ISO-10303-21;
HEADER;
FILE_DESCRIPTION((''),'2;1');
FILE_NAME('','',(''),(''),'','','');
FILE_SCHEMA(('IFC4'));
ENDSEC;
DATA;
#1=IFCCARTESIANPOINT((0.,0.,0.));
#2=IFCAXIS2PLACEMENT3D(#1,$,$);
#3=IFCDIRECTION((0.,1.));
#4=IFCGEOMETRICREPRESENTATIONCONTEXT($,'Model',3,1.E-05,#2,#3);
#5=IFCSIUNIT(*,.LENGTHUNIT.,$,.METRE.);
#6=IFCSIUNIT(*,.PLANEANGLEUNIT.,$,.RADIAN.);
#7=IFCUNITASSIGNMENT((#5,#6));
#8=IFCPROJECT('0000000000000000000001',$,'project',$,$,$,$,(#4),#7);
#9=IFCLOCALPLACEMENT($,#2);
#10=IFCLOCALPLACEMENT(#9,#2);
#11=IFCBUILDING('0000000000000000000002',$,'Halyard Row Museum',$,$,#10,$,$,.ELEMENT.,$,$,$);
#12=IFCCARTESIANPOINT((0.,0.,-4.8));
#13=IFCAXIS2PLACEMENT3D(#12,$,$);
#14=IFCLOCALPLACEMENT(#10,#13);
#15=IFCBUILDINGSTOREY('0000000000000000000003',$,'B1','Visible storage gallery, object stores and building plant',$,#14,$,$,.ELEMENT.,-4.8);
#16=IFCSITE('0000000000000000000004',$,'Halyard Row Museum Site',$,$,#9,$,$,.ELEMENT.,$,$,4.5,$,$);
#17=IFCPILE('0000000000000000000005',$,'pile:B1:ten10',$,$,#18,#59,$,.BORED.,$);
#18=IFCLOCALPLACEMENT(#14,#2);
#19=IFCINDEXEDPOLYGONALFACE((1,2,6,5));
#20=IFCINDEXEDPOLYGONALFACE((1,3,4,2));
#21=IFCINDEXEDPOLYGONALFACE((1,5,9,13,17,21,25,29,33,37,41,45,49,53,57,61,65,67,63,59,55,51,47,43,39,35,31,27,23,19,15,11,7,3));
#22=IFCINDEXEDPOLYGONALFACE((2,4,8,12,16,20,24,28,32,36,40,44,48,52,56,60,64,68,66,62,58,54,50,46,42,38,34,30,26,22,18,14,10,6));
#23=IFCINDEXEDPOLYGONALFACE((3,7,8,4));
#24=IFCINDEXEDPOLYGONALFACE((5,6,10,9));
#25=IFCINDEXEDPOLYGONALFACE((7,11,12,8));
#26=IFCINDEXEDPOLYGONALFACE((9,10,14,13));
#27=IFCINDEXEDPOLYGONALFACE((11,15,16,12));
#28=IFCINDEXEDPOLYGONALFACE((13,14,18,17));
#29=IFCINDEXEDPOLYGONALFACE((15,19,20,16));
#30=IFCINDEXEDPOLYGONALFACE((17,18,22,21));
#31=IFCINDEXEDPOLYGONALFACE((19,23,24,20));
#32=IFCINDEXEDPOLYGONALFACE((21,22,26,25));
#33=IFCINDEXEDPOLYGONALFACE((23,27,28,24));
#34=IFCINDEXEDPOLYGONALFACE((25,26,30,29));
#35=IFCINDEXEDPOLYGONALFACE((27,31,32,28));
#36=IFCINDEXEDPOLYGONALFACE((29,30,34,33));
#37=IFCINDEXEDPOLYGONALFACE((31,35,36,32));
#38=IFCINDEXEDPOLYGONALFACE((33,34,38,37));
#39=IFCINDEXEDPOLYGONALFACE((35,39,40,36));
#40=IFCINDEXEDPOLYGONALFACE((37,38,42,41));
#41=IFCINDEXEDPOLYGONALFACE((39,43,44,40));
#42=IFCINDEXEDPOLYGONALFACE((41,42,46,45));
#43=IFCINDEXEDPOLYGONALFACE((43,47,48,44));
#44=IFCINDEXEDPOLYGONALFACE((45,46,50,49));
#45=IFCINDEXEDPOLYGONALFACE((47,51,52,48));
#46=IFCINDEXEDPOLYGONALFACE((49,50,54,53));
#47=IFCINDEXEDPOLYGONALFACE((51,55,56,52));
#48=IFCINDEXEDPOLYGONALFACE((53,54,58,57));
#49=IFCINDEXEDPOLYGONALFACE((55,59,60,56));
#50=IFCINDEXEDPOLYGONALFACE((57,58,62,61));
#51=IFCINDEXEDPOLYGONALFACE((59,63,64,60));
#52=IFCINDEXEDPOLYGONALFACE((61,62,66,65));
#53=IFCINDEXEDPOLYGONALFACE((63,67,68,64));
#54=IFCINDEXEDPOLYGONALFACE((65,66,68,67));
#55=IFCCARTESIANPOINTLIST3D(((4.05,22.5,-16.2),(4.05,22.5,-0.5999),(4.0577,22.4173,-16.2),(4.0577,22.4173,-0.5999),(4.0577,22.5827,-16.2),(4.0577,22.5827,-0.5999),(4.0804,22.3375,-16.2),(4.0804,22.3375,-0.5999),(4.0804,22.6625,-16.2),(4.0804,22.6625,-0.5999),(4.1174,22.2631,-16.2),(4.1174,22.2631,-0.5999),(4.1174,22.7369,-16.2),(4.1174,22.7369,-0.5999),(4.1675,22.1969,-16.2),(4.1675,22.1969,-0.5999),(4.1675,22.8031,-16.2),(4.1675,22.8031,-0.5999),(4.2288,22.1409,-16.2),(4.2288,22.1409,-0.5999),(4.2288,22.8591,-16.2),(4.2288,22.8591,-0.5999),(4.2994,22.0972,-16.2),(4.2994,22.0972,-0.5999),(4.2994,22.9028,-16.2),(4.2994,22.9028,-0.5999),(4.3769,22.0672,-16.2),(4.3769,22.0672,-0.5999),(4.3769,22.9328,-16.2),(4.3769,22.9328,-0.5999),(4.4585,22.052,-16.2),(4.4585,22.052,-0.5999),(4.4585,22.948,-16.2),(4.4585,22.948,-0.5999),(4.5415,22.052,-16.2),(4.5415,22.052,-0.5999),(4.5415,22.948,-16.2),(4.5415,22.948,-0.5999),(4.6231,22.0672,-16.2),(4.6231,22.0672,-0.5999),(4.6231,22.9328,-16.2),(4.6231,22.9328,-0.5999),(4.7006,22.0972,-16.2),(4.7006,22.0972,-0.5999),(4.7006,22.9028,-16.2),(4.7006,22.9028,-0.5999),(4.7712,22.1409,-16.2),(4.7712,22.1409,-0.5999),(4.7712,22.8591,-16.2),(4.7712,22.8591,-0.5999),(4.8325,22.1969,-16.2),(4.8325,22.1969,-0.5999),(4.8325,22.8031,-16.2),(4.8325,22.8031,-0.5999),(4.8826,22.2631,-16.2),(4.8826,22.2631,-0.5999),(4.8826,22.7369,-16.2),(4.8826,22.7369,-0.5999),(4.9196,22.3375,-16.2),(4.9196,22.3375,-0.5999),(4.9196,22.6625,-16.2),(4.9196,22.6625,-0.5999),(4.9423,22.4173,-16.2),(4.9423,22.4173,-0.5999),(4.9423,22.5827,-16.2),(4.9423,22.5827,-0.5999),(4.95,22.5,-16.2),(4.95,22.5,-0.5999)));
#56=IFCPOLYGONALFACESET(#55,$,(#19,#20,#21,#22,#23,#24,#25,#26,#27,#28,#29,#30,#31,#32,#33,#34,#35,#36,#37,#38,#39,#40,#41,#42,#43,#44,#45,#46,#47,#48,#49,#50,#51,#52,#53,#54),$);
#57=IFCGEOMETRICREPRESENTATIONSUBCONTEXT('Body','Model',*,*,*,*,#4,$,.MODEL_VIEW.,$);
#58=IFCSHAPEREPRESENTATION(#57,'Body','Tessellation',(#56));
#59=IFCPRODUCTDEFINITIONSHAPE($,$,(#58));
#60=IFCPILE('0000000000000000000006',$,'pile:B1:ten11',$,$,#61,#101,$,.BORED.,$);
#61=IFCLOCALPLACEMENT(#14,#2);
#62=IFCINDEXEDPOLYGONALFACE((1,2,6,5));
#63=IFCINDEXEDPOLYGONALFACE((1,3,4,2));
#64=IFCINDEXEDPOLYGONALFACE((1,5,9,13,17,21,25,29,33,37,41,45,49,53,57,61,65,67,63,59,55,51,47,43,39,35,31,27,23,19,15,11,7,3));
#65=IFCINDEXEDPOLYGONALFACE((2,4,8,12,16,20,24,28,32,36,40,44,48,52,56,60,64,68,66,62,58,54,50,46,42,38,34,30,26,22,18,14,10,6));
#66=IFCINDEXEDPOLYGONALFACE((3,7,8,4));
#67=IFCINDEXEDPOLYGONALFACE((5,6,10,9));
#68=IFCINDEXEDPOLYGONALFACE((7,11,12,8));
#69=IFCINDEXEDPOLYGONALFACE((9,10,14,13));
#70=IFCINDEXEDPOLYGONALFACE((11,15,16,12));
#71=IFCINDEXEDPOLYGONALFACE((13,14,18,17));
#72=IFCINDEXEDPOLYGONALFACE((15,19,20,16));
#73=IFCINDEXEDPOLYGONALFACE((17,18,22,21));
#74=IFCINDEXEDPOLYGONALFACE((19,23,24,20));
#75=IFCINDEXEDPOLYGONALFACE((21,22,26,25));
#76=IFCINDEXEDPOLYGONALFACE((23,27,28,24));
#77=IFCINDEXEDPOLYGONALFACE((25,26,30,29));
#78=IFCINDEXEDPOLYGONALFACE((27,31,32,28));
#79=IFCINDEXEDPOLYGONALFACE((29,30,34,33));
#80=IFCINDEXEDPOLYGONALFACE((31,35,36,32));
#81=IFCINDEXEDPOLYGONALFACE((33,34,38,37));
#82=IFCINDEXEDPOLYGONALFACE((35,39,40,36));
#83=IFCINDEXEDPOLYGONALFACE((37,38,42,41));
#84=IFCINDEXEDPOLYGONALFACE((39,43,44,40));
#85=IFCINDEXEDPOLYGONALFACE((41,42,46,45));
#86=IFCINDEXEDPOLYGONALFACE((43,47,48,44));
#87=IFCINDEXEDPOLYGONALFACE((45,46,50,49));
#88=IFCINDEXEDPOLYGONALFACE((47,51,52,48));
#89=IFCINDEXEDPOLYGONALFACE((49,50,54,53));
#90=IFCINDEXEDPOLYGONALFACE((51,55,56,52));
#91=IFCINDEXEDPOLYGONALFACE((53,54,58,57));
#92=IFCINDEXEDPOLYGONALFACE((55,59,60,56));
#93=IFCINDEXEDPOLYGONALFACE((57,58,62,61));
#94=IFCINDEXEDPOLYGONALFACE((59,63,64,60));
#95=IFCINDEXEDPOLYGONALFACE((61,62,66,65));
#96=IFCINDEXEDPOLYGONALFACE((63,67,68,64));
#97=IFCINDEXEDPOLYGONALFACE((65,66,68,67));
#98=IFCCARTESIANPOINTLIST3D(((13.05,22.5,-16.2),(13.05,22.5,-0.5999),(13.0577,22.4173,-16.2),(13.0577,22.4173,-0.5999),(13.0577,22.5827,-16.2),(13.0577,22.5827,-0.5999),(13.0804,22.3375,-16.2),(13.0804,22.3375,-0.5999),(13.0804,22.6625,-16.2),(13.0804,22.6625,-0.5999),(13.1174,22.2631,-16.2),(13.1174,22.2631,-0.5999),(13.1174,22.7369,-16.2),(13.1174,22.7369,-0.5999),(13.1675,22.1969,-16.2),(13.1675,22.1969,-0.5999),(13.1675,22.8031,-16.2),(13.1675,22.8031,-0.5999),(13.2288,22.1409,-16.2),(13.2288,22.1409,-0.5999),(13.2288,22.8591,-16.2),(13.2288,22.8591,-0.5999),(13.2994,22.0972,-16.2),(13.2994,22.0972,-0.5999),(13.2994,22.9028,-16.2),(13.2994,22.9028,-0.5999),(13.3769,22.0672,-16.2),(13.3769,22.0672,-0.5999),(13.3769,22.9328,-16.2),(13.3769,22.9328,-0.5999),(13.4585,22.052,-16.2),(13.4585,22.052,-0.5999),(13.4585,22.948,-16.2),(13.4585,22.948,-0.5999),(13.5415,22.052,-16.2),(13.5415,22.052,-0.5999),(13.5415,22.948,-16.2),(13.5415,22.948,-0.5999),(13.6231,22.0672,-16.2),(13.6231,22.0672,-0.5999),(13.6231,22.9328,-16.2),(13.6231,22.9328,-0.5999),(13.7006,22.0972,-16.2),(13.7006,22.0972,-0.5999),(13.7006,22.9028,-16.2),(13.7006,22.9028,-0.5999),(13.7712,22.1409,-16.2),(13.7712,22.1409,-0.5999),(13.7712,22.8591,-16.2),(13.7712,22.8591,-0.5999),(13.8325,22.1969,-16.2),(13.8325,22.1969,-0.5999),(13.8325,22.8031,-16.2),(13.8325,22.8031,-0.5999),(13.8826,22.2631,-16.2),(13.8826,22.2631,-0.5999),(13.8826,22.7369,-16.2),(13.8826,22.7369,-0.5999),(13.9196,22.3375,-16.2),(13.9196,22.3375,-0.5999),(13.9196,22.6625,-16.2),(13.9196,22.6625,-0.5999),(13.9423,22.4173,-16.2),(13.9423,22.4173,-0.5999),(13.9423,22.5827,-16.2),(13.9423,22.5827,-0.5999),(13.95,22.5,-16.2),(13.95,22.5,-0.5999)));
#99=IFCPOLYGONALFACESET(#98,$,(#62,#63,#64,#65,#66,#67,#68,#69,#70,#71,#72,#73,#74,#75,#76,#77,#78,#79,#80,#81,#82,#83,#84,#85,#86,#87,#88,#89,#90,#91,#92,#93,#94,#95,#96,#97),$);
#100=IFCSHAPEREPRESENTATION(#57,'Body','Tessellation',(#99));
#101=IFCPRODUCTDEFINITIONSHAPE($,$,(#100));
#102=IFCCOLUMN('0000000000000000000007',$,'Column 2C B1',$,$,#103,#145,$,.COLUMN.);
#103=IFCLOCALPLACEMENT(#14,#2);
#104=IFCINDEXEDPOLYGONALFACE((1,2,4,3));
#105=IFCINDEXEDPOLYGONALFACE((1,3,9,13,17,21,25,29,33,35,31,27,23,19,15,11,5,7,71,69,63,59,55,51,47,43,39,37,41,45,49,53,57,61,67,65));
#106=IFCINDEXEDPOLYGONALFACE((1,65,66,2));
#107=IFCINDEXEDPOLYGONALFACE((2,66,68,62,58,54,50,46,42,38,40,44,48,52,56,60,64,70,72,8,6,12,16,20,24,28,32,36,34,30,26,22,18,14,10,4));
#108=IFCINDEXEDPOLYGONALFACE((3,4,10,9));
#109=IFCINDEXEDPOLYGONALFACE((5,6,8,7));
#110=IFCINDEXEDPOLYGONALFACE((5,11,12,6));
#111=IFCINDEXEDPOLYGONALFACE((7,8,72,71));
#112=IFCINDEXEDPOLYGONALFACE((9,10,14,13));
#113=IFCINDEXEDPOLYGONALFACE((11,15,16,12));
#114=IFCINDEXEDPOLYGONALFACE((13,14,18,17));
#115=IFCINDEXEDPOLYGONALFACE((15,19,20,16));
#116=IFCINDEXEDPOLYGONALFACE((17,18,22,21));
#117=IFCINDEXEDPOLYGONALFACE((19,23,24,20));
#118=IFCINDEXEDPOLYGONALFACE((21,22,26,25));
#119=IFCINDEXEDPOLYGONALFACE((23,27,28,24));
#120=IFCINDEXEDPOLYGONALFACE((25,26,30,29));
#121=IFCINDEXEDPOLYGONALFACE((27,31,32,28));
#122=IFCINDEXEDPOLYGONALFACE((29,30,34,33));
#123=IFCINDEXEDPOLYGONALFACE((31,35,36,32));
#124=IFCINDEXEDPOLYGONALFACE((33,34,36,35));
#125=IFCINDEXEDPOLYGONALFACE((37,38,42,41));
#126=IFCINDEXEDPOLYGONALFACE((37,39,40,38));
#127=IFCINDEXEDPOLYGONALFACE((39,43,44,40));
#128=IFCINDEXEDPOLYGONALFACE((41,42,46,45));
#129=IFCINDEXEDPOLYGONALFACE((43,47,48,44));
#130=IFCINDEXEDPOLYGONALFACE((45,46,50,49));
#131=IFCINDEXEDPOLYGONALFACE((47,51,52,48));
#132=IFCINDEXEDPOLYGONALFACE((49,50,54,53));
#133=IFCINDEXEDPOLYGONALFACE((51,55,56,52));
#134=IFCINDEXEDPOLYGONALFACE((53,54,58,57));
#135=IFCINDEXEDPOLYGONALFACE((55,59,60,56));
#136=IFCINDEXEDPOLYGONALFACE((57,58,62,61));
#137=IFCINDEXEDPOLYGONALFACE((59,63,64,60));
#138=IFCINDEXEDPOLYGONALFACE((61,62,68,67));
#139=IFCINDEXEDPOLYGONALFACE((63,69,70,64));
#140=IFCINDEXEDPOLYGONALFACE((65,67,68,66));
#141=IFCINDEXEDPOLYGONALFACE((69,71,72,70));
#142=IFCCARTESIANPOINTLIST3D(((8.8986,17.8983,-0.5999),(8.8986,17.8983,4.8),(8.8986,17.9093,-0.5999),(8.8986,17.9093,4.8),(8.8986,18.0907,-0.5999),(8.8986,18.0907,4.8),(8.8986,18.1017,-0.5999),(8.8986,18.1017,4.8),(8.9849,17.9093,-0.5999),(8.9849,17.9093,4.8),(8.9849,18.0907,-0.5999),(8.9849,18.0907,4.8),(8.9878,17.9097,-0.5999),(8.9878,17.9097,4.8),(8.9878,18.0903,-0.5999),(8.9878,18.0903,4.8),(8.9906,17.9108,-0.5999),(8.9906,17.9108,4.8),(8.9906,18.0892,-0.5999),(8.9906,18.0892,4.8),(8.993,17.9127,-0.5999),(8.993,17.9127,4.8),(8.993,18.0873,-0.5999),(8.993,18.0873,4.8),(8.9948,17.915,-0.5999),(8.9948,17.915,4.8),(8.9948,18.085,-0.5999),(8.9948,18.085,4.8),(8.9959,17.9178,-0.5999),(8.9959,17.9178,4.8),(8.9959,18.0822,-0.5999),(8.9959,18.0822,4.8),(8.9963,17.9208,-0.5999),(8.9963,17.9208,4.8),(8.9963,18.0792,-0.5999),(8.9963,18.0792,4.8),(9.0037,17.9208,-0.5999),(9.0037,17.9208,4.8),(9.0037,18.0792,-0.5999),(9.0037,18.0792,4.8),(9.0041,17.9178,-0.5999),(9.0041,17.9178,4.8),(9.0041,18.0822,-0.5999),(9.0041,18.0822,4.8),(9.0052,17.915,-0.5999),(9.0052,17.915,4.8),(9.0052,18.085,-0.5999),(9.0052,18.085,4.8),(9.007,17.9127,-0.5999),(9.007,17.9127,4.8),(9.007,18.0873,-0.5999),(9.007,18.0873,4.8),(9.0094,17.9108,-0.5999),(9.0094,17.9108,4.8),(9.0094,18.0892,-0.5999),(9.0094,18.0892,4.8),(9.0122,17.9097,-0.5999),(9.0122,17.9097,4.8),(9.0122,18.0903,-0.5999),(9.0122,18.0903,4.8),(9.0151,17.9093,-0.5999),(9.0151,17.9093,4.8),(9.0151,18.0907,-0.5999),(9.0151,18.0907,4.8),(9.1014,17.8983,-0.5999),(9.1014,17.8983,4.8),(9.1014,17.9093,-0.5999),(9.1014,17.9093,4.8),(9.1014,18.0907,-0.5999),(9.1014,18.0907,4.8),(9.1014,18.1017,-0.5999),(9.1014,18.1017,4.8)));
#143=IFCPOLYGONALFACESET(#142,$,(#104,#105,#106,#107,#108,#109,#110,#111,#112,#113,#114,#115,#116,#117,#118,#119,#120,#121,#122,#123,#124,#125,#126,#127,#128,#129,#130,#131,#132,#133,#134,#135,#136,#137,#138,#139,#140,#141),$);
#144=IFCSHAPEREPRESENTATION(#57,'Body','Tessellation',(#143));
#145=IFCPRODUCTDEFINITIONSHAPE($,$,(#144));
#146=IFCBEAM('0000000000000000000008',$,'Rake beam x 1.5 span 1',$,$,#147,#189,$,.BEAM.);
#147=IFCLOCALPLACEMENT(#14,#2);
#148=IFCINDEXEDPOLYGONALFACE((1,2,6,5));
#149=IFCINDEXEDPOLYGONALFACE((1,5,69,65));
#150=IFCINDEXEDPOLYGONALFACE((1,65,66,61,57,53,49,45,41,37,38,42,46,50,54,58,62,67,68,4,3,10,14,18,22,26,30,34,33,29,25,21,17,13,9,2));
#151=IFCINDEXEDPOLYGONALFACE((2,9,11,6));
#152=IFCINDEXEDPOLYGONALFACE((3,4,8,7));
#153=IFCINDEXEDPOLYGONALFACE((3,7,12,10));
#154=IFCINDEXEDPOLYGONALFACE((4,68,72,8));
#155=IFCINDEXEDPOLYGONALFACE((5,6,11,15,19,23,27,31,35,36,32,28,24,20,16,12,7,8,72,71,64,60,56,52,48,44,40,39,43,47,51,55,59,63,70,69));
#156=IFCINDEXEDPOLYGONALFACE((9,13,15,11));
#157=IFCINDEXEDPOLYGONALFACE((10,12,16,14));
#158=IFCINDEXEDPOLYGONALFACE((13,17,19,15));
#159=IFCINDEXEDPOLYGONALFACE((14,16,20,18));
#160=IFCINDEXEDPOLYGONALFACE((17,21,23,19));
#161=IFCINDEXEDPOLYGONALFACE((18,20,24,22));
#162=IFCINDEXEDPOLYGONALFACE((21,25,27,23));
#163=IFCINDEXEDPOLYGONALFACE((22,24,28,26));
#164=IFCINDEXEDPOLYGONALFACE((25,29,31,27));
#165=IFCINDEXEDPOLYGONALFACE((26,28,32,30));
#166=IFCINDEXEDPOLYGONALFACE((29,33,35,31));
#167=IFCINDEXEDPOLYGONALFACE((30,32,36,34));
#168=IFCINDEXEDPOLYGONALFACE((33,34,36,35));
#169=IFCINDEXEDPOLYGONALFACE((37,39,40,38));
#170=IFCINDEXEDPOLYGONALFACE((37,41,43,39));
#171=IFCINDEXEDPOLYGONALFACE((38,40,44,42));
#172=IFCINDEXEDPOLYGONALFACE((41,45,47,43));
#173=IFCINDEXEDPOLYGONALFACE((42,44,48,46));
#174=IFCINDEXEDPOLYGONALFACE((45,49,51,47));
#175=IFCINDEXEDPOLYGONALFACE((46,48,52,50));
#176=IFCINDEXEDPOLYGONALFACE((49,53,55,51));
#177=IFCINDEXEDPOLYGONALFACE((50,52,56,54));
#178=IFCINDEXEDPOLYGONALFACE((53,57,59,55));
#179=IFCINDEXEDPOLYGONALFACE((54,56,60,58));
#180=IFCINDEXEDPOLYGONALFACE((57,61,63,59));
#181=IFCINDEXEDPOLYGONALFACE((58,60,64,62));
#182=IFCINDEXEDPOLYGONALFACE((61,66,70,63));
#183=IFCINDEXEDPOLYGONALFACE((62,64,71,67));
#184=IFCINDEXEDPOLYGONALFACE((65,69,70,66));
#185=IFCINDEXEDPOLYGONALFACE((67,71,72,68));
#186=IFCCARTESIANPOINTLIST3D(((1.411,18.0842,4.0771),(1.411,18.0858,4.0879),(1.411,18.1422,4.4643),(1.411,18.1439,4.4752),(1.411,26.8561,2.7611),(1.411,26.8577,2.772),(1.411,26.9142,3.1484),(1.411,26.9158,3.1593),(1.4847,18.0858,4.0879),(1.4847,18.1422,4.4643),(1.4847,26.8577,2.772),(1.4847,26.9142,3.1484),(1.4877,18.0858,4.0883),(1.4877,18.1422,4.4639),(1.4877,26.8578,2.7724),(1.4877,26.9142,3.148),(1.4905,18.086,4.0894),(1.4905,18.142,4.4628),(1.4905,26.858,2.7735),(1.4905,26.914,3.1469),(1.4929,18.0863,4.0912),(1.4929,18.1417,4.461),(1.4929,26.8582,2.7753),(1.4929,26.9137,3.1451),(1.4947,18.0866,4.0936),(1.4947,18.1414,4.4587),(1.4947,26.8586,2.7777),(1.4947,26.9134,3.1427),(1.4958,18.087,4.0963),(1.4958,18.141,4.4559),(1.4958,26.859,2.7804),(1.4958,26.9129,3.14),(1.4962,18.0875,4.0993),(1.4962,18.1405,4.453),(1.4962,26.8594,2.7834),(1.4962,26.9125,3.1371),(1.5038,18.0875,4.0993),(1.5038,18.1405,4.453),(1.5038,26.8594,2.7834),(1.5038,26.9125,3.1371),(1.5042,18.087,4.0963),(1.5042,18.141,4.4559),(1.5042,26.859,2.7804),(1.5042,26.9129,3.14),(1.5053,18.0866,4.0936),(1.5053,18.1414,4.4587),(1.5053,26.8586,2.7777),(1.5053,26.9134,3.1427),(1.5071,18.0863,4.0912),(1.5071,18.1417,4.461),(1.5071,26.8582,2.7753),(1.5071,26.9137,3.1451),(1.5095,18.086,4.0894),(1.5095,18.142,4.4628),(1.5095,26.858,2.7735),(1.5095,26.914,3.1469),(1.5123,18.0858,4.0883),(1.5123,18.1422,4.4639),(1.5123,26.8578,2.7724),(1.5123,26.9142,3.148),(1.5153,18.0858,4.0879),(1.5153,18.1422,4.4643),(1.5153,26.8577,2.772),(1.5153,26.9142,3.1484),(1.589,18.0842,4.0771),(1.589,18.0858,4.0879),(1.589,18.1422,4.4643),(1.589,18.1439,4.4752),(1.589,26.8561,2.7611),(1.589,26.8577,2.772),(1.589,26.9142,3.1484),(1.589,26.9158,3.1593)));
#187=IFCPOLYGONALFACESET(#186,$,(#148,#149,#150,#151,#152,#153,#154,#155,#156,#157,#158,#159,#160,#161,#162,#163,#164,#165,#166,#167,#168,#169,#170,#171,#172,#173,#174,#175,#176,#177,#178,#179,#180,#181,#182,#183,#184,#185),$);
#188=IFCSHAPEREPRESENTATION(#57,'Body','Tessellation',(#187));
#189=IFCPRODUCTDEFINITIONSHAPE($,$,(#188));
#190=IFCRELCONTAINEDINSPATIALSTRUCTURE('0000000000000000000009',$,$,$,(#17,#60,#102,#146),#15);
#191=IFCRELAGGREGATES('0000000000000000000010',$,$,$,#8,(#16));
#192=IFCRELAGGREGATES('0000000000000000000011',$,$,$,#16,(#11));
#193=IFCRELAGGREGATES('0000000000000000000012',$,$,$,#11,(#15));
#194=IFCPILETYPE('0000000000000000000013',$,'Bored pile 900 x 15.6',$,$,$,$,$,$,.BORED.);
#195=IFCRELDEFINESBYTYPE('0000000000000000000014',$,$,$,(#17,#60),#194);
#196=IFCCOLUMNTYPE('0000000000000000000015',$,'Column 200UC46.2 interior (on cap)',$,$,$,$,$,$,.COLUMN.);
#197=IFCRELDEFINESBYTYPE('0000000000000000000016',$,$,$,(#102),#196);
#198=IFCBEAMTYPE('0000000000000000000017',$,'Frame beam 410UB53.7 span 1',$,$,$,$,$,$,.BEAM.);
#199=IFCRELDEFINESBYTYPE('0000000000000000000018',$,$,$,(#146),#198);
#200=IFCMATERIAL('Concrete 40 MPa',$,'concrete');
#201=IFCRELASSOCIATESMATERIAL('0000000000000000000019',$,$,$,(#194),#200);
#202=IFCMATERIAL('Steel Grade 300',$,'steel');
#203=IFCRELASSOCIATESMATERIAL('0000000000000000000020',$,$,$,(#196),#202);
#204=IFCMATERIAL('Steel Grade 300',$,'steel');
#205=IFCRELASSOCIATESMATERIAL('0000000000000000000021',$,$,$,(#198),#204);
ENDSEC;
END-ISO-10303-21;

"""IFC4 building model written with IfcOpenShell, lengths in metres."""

from ifc_helpers import new_model, si_unit, direction, frame, origin, origin_2d, place, context, subcontext, project, spatial, circle, i_section, extrude, material, material_profile, profile_set, type_object, element, save


model = new_model("IFC4")

# Units and contexts
model_context = context("Model", 3, precision=1e-05, world=origin(), true_north=direction((0.0, 1.0)))
body_context = subcontext(model_context, "Body", "Model", "MODEL_VIEW")
ifc_project = project(units=[si_unit("LENGTHUNIT", "METRE"), si_unit("PLANEANGLEUNIT", "RADIAN")], contexts=[model_context])

# Site, building, storey
site_placement = place(None, origin())
site = spatial("IfcSite", under=ifc_project, at=site_placement, Name="Halyard Row Museum Site", CompositionType="ELEMENT", RefElevation=4.5)
building_placement = place(site_placement, origin())
building = spatial("IfcBuilding", under=site, at=building_placement, Name="Halyard Row Museum", CompositionType="ELEMENT")
storey_placement = place(building_placement, frame((0.0, 0.0, -4.8)))
storey = spatial("IfcBuildingStorey", under=building, at=storey_placement, Name="B1", Description="Visible storage gallery, object stores and building plant", CompositionType="ELEMENT", Elevation=-4.8)

# Piles
ifc_material_1 = material(Name="Concrete 40 MPa", Category="concrete")
ifc_material_profile_1 = material_profile(ifc_material_1, circle(Radius=0.45, at=origin_2d()), Name="Bored pile 900 x 15.6")
ifc_profile_set_1 = profile_set([ifc_material_profile_1], Name="Concrete 40 MPa")
pile_type_1 = type_object("IfcPileType", Name="Bored pile 900 x 15.6", PredefinedType="BORED", material=ifc_profile_set_1)
for number, where, z_axis, x_axis, name in (
    (1, (4.5, 22.5, -0.5999), (0.0, 0.0, -1.0), (1.0, 0.0, 0.0), "pile:B1:ten10"),
    (2, (13.5, 22.5, -0.5999), (0.0, 0.0, -1.0), (1.0, 0.0, 0.0), "pile:B1:ten11"),
):
    element("IfcPile", number, at=place(storey_placement, frame(where, z_axis=z_axis, x_axis=x_axis)), inside=storey, type_object=pile_type_1, Name=name, PredefinedType="BORED", context=body_context, shape_type="SweptSolid", body=[
        extrude(circle(Radius=0.45, at=origin_2d()), origin(), (0.0, 0.0, 1.0), 15.6001),
    ])

# Column
ifc_material_2 = material(Name="Steel Grade 300", Category="steel")
ifc_material_profile_2 = material_profile(ifc_material_2, i_section(OverallWidth=0.2029, OverallDepth=0.2034, WebThickness=0.0073, FlangeThickness=0.011, FilletRadius=0.0115, at=origin_2d()), Name="200UC46.2")
ifc_profile_set_2 = profile_set([ifc_material_profile_2], Name="Steel Grade 300")
column_type = type_object("IfcColumnType", Name="Column 200UC46.2 interior (on cap)", PredefinedType="COLUMN", material=ifc_profile_set_2)
column_placement = place(storey_placement, frame((9.0, 18.0, -0.5999), z_axis=(0.0, 0.0, 1.0), x_axis=(1.0, 0.0, 0.0)))
element("IfcColumn", 3, at=column_placement, inside=storey, type_object=column_type, Name="Column 2C B1", PredefinedType="COLUMN", context=body_context, shape_type="SweptSolid", body=[
    extrude(i_section(OverallWidth=0.2029, OverallDepth=0.2034, WebThickness=0.0073, FlangeThickness=0.011, FilletRadius=0.0115, at=origin_2d()), origin(), (0.0, 0.0, 1.0), 5.3999),
])

# Beam
ifc_material_3 = material(Name="Steel Grade 300", Category="steel")
ifc_material_profile_3 = material_profile(ifc_material_3, i_section(OverallWidth=0.178, OverallDepth=0.4026, WebThickness=0.0076, FlangeThickness=0.011, FilletRadius=0.0115, at=origin_2d()), Name="410UB53.7")
ifc_profile_set_3 = profile_set([ifc_material_profile_3], Name="Steel Grade 300")
beam_type_1 = type_object("IfcBeamType", Name="Frame beam 410UB53.7 span 1", PredefinedType="BEAM", material=ifc_profile_set_3)
for number, where, z_axis, x_axis, name in (
    (4, (1.5, 18.114, 4.2761), (0.0, 0.988934, -0.148354), (-1.0, 0.0, 0.0), "Rake beam x 1.5 span 1"),
):
    element("IfcBeam", number, at=place(storey_placement, frame(where, z_axis=z_axis, x_axis=x_axis)), inside=storey, type_object=beam_type_1, Name=name, PredefinedType="BEAM", context=body_context, shape_type="SweptSolid", body=[
        extrude(i_section(OverallWidth=0.178, OverallDepth=0.4026, WebThickness=0.0076, FlangeThickness=0.011, FilletRadius=0.0115, at=origin_2d()), origin(), (0.0, 0.0, 1.0), 8.8701),
    ])

save(model, "model.ifc")
